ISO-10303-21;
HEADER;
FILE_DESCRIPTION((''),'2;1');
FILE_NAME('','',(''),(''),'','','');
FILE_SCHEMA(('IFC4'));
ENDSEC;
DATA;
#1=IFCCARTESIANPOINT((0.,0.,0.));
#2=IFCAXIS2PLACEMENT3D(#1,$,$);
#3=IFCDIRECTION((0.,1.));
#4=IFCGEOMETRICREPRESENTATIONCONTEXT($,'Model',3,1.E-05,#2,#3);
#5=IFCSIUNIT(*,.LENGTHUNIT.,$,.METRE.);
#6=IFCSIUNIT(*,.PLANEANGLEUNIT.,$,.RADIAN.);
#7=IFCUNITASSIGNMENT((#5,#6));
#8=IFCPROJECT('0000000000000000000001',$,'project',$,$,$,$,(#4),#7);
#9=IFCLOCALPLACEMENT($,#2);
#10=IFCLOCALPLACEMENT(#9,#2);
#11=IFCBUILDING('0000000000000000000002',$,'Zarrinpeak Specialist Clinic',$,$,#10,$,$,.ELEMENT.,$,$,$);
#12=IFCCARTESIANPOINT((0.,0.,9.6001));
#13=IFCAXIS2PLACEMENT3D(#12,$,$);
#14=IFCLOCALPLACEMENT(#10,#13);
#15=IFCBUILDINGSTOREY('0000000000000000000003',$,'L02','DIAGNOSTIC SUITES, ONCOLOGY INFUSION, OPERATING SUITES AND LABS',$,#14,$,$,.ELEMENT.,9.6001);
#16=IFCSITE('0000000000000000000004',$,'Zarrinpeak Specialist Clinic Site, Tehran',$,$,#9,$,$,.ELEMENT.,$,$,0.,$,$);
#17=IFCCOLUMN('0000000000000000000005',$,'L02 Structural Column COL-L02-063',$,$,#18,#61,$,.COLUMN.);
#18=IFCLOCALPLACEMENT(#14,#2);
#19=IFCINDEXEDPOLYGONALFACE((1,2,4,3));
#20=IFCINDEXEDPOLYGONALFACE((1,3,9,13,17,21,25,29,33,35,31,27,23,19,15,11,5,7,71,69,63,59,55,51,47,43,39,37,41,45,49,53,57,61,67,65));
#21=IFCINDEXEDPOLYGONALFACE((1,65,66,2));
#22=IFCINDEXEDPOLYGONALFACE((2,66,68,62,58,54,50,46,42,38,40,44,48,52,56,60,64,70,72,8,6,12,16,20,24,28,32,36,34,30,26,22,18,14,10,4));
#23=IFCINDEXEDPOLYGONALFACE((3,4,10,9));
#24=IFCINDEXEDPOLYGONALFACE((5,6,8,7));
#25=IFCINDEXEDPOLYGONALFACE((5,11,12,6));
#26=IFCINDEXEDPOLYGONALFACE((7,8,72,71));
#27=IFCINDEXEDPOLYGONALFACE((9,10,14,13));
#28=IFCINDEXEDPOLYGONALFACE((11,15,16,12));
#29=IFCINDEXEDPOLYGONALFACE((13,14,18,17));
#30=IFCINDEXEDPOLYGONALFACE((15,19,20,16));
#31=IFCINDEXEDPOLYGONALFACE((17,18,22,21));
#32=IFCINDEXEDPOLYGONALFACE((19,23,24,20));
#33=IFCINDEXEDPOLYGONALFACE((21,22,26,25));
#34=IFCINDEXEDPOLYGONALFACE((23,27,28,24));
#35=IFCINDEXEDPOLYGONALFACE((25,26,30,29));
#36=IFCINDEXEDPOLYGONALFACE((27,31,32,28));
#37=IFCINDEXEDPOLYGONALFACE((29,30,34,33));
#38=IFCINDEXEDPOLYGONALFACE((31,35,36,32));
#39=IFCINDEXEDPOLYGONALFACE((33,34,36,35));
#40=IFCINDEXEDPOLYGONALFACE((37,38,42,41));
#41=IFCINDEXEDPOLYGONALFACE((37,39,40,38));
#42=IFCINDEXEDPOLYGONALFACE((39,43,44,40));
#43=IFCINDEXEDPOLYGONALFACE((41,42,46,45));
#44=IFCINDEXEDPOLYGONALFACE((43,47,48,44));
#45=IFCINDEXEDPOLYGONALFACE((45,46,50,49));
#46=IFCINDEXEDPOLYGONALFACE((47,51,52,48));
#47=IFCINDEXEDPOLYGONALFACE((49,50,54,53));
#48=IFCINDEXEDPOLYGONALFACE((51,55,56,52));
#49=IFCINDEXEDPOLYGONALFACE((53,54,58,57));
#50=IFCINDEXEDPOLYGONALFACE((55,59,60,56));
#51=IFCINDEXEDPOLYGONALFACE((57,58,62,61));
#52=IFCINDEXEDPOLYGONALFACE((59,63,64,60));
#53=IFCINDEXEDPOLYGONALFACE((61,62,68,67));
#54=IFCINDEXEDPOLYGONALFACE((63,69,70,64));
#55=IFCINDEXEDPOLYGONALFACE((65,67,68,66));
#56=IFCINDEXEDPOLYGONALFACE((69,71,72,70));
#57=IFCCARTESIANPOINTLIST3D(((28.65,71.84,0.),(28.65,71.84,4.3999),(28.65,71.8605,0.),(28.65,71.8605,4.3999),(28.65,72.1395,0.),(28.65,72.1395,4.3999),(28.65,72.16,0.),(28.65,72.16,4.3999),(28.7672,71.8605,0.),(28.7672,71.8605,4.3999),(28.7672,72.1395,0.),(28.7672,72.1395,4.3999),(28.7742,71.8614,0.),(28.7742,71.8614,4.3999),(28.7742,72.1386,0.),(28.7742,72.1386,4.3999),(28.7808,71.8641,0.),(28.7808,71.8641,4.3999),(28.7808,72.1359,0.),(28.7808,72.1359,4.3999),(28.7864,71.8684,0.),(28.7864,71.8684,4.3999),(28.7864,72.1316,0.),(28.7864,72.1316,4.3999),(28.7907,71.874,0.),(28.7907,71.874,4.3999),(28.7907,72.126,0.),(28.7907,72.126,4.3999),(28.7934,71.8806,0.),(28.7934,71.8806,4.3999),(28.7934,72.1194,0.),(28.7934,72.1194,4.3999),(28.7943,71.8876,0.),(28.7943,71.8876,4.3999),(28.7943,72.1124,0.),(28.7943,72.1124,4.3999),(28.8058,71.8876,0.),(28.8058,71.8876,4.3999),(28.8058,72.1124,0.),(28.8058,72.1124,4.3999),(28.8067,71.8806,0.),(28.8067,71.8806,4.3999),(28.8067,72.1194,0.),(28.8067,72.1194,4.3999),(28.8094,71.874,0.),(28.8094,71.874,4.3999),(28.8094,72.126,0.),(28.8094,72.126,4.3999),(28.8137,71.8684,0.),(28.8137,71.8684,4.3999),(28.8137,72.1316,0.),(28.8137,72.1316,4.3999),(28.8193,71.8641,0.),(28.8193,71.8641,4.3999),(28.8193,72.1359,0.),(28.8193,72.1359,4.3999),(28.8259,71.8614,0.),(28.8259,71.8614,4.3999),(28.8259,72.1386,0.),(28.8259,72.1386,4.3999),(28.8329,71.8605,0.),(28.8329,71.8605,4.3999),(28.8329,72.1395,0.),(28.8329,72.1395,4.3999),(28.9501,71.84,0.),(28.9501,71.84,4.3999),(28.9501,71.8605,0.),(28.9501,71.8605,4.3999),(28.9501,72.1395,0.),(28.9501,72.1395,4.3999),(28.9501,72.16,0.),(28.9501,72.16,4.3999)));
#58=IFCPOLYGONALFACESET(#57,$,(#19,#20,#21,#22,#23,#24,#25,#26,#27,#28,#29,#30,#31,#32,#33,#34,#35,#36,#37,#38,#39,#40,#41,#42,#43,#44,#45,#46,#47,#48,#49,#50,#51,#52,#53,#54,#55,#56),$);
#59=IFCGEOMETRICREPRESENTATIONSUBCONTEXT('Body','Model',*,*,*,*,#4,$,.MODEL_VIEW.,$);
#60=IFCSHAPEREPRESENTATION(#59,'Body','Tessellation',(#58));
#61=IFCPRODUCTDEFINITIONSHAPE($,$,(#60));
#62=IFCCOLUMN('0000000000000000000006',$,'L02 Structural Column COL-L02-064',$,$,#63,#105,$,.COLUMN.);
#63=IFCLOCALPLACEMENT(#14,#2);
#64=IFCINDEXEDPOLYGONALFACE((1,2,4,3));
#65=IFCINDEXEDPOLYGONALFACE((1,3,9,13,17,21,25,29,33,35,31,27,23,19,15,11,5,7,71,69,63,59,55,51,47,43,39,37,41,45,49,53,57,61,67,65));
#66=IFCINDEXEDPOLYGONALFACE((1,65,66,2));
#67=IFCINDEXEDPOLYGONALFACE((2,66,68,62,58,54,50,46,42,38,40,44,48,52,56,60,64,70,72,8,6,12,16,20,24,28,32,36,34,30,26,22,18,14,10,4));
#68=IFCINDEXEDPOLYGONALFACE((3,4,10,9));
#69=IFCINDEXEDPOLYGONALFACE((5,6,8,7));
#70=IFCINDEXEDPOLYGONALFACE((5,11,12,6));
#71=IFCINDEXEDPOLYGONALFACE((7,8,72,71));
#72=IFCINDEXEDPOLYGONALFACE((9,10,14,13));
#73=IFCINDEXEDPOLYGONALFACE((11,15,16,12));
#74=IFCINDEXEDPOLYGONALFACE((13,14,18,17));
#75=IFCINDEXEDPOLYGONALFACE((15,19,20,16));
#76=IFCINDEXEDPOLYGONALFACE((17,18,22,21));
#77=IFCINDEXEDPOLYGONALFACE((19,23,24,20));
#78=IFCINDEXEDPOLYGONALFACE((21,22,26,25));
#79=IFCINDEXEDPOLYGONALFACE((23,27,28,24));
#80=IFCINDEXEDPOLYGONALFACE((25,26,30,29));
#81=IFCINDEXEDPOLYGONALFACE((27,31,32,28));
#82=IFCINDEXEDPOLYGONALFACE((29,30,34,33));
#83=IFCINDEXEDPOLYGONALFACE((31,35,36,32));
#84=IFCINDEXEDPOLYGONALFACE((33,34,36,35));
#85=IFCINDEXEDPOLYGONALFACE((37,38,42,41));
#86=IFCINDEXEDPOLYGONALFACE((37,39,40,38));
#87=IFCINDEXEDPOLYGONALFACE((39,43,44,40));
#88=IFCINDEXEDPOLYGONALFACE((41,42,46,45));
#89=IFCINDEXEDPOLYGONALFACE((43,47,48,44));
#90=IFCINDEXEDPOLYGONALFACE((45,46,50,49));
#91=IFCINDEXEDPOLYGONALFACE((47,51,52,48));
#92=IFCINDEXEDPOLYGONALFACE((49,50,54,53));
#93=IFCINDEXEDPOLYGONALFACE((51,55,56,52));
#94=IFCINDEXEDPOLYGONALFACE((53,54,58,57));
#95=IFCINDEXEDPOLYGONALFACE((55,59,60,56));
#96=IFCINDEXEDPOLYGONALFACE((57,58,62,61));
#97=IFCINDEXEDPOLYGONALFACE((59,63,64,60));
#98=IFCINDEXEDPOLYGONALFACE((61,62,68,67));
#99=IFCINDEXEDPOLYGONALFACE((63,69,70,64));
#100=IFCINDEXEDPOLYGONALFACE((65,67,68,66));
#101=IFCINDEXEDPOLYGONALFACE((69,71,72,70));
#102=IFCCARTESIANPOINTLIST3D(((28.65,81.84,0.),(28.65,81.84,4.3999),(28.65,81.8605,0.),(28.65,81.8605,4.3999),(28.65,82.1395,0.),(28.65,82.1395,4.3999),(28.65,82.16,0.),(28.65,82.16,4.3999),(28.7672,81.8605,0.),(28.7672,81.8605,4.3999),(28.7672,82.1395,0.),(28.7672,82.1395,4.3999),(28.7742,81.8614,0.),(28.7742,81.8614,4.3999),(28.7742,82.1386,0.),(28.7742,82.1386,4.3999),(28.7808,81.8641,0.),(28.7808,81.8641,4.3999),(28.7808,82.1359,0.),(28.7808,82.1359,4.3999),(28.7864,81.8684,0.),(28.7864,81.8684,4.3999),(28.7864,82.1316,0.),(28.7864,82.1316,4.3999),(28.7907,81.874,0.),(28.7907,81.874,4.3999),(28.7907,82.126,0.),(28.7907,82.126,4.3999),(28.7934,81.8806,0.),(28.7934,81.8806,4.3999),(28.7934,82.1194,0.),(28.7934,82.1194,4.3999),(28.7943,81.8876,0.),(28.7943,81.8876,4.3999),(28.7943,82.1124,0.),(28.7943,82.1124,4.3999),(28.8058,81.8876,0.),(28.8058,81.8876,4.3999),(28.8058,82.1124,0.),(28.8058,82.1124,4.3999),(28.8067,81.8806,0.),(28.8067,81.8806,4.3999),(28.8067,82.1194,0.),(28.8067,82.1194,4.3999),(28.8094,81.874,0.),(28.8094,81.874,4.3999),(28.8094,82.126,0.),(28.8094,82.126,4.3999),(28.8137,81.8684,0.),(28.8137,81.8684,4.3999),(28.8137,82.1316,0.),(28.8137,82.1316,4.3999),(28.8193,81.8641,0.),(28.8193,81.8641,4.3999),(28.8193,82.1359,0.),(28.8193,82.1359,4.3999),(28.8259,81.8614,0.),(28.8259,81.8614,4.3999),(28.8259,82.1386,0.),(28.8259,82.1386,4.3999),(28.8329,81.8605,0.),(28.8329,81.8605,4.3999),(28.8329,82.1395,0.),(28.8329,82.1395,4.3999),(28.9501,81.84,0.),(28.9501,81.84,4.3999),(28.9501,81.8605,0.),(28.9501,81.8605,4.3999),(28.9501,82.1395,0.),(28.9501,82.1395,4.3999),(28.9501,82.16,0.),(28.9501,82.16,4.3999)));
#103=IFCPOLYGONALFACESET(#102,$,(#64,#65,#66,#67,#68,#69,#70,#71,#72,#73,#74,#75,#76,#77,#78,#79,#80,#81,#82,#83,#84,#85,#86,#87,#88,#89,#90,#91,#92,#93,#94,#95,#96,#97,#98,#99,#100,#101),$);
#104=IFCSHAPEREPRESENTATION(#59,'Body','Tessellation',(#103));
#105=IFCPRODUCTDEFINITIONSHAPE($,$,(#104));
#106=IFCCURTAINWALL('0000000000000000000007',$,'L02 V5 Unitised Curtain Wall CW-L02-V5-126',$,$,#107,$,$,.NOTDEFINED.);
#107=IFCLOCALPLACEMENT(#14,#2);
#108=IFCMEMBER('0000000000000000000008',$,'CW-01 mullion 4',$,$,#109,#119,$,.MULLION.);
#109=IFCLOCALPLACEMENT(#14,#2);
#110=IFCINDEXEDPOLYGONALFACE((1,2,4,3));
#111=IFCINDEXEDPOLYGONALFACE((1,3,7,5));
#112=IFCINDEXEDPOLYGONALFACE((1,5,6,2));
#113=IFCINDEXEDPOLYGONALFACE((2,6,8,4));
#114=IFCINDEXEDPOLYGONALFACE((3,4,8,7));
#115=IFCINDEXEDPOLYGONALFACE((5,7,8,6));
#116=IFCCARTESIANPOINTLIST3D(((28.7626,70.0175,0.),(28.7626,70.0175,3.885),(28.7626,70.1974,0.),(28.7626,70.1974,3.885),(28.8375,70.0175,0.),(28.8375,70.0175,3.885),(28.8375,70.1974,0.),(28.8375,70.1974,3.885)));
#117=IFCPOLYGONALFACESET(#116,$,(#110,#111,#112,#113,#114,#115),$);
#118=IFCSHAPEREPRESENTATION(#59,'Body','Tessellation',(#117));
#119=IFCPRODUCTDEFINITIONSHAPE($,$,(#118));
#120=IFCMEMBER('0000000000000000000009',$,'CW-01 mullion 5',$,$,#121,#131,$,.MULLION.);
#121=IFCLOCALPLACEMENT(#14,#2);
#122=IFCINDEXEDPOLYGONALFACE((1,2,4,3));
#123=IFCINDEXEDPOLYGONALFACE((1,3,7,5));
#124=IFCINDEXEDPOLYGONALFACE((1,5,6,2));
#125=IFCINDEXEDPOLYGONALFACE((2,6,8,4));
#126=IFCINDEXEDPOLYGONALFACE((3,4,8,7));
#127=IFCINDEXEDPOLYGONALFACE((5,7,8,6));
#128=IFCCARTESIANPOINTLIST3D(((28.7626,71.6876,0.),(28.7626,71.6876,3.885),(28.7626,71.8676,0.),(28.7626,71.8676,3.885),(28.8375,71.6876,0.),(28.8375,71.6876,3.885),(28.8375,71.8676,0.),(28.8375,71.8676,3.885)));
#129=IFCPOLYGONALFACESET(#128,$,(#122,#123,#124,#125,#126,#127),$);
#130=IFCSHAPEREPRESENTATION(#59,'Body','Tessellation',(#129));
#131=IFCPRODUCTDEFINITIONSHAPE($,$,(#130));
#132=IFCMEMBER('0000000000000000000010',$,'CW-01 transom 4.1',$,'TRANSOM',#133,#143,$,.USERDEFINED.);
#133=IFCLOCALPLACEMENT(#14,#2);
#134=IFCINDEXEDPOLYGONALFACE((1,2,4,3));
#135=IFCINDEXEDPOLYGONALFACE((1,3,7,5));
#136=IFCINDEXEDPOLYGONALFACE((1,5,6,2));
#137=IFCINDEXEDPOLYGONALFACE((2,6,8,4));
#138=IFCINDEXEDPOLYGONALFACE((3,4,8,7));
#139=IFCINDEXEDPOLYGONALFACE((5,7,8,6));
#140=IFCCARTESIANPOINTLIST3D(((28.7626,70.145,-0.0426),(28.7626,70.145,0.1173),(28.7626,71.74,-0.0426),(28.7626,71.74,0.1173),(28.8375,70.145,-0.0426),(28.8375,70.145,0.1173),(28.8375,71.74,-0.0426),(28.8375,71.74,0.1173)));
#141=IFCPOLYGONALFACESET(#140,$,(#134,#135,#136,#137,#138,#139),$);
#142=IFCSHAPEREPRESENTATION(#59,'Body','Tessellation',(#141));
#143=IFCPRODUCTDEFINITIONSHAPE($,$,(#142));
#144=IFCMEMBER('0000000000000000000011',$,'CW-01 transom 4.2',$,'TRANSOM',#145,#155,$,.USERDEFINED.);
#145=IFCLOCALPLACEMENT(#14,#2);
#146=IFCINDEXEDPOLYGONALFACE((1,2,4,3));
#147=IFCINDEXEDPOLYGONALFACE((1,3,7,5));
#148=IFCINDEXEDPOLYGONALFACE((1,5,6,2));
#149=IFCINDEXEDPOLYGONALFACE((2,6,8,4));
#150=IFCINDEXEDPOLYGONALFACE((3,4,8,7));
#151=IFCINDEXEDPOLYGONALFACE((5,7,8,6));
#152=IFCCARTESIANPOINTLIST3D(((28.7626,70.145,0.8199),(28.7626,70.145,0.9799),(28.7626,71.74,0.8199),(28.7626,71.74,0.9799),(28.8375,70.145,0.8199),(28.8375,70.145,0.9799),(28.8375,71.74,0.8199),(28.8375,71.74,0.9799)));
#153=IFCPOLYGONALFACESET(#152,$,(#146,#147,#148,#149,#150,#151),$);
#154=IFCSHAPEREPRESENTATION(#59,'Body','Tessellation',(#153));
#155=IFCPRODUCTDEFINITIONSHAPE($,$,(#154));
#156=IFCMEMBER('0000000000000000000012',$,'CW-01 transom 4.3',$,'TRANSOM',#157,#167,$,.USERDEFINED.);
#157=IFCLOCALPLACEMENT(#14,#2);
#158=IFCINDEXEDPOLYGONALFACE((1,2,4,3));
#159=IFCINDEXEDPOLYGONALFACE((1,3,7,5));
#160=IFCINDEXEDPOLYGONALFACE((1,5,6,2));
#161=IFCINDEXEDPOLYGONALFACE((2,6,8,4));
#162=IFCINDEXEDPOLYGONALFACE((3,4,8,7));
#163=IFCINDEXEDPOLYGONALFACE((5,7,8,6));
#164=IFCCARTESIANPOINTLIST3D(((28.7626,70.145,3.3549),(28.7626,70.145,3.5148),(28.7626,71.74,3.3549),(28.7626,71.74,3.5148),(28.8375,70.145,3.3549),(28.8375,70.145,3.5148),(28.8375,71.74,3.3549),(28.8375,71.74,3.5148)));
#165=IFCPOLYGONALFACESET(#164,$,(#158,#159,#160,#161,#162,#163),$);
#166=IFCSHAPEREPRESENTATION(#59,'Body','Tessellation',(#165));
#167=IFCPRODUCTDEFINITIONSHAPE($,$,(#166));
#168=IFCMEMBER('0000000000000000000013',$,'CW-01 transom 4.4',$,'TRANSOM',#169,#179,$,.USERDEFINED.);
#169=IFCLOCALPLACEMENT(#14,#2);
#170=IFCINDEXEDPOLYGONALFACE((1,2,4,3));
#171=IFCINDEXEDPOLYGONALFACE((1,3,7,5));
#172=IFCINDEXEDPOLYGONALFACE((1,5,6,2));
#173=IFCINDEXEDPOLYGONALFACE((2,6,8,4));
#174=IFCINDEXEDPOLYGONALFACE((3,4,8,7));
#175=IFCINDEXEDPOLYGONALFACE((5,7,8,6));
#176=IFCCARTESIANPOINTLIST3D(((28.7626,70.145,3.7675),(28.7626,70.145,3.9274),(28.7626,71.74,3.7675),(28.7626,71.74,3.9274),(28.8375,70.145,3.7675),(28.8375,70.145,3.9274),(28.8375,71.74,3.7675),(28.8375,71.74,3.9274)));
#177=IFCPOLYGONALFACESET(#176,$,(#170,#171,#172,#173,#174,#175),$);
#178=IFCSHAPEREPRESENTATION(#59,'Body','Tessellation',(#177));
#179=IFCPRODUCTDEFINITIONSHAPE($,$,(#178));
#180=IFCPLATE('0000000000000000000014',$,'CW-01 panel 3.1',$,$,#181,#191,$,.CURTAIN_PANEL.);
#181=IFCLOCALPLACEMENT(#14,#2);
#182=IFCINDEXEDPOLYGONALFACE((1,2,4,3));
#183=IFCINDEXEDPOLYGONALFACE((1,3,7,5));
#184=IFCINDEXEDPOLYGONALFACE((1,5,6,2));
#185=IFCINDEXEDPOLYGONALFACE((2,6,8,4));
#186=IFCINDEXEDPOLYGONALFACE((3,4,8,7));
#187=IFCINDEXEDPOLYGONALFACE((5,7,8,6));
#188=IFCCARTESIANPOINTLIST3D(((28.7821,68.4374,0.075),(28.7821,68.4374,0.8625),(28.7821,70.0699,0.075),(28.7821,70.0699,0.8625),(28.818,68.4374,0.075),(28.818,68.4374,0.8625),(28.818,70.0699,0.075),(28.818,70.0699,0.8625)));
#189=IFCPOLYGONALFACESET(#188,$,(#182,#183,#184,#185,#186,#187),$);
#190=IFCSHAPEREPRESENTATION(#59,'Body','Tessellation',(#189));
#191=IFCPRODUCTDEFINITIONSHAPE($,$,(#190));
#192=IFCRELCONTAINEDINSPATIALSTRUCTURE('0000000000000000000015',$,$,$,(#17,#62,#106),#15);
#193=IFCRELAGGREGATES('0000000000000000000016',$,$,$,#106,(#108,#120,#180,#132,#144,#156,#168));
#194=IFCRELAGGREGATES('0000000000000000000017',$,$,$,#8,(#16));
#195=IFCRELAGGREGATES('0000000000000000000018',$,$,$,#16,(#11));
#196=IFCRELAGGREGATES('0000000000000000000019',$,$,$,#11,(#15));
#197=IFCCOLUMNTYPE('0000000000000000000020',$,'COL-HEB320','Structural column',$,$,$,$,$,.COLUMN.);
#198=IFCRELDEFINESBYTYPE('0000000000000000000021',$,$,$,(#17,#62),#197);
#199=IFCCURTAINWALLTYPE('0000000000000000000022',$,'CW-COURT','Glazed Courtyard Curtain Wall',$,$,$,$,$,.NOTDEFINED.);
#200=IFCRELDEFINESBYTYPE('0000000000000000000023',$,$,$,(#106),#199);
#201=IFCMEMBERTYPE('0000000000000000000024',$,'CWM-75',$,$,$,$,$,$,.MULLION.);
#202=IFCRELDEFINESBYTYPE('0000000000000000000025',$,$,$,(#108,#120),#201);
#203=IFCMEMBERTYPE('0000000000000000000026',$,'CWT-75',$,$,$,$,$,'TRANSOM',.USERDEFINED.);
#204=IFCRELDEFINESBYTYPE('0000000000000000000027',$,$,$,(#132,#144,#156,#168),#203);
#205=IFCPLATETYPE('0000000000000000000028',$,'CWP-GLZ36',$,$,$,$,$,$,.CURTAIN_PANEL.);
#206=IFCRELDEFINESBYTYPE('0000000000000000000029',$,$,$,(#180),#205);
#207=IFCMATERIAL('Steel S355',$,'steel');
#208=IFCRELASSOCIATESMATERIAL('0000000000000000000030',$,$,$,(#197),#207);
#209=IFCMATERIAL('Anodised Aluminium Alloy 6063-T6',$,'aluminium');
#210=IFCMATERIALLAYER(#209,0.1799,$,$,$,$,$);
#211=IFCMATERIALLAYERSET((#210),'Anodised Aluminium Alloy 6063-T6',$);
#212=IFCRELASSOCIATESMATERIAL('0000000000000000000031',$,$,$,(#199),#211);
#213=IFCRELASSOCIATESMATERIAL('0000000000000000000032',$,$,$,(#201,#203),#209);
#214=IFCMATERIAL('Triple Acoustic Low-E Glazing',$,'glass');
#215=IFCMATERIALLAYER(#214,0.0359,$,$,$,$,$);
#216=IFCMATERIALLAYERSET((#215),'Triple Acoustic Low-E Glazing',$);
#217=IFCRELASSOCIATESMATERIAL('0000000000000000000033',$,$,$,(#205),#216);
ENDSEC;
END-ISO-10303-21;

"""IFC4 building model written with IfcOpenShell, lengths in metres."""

from ifc_helpers import new_model, si_unit, direction, frame, origin, origin_2d, place, context, subcontext, project, spatial, rectangle, i_section, extrude, material, layer, layer_set, material_profile, profile_set, type_object, element, aggregate, save


model = new_model("IFC4")

# Units and contexts
model_context = context("Model", 3, precision=1e-05, world=origin(), true_north=direction((0.0, 1.0)))
body_context = subcontext(model_context, "Body", "Model", "MODEL_VIEW")
ifc_project = project(units=[si_unit("LENGTHUNIT", "METRE"), si_unit("PLANEANGLEUNIT", "RADIAN")], contexts=[model_context])

# Site, building, storey
site_placement = place(None, origin())
site = spatial("IfcSite", under=ifc_project, at=site_placement, Name="Zarrinpeak Specialist Clinic Site, Tehran", CompositionType="ELEMENT", RefElevation=0.0)
building_placement = place(site_placement, origin())
building = spatial("IfcBuilding", under=site, at=building_placement, Name="Zarrinpeak Specialist Clinic", CompositionType="ELEMENT")
storey_placement = place(building_placement, frame((0.0, 0.0, 9.6001)))
storey = spatial("IfcBuildingStorey", under=building, at=storey_placement, Name="L02", Description="DIAGNOSTIC SUITES, ONCOLOGY INFUSION, OPERATING SUITES AND LABS", CompositionType="ELEMENT", Elevation=9.6001)

# Columns
ifc_material_1 = material(Name="Steel S355", Category="steel")
ifc_material_profile_1 = material_profile(ifc_material_1, i_section(OverallWidth=0.3, OverallDepth=0.3201, WebThickness=0.0115, FlangeThickness=0.0205, FilletRadius=0.0271, at=origin_2d()), Name="HEB 320")
ifc_profile_set_1 = profile_set([ifc_material_profile_1], Name="Steel S355")
column_type = type_object("IfcColumnType", Name="COL-HEB320", Description="Structural column", PredefinedType="COLUMN", material=ifc_profile_set_1)
for number, where, z_axis, x_axis, name in (
    (1, (28.8, 72.0, 0.0), (0.0, 0.0, 1.0), (1.0, 0.0, 0.0), "L02 Structural Column COL-L02-063"),
    (2, (28.8, 82.0, 0.0), (0.0, 0.0, 1.0), (1.0, 0.0, 0.0), "L02 Structural Column COL-L02-064"),
):
    element("IfcColumn", number, at=place(storey_placement, frame(where, z_axis=z_axis, x_axis=x_axis)), inside=storey, type_object=column_type, Name=name, PredefinedType="COLUMN", context=body_context, shape_type="SweptSolid", body=[
        extrude(i_section(OverallWidth=0.3, OverallDepth=0.3201, WebThickness=0.0115, FlangeThickness=0.0205, FilletRadius=0.0271, at=origin_2d()), origin(), (0.0, 0.0, 1.0), 4.3999),
    ])

# Curtain wall, members, plate
ifc_material_2 = material(Name="Anodised Aluminium Alloy 6063-T6", Category="aluminium")
ifc_layer_1 = layer(ifc_material_2, 0.1799)
ifc_layer_set_1 = layer_set([ifc_layer_1], Name="Anodised Aluminium Alloy 6063-T6")
curtain_wall_type = type_object("IfcCurtainWallType", Name="CW-COURT", Description="Glazed Courtyard Curtain Wall", PredefinedType="NOTDEFINED", material=ifc_layer_set_1)
curtain_wall_placement = place(storey_placement, origin())
curtain_wall = element("IfcCurtainWall", 3, at=curtain_wall_placement, inside=storey, type_object=curtain_wall_type, Name="L02 V5 Unitised Curtain Wall CW-L02-V5-126", PredefinedType="NOTDEFINED")
ifc_material_profile_2 = material_profile(ifc_material_2, rectangle(XDim=0.075, YDim=0.1799, at=origin_2d()), Name="ALU 75x180")
ifc_profile_set_2 = profile_set([ifc_material_profile_2], Name="Anodised Aluminium Alloy 6063-T6")
member_type_1 = type_object("IfcMemberType", Name="CWM-75", PredefinedType="MULLION", material=ifc_profile_set_2)
member_1_placement = place(storey_placement, frame((28.8, 70.1074, 0.0), z_axis=(0.0, 0.0, 1.0), x_axis=(-1.0, 0.0, 0.0)))
member_1 = element("IfcMember", 4, at=member_1_placement, type_object=member_type_1, Name="CW-01 mullion 4", PredefinedType="MULLION", context=body_context, shape_type="SweptSolid", body=[
    extrude(rectangle(XDim=0.075, YDim=0.1799, at=origin_2d()), origin(), (0.0, 0.0, 1.0), 3.885),
])
member_2_placement = place(storey_placement, frame((28.8, 71.7776, 0.0), z_axis=(0.0, 0.0, 1.0), x_axis=(-1.0, 0.0, 0.0)))
member_2 = element("IfcMember", 5, at=member_2_placement, type_object=member_type_1, Name="CW-01 mullion 5", PredefinedType="MULLION", context=body_context, shape_type="SweptSolid", body=[
    extrude(rectangle(XDim=0.075, YDim=0.1799, at=origin_2d()), origin(), (0.0, 0.0, 1.0), 3.885),
])
ifc_material_profile_3 = material_profile(ifc_material_2, rectangle(XDim=0.075, YDim=0.1599, at=origin_2d()), Name="ALU 75x160")
ifc_profile_set_3 = profile_set([ifc_material_profile_3], Name="Anodised Aluminium Alloy 6063-T6")
member_type_2 = type_object("IfcMemberType", Name="CWT-75", ElementType="TRANSOM", PredefinedType="USERDEFINED", material=ifc_profile_set_3)
member_3_placement = place(storey_placement, frame((28.8, 70.145, 0.0374), z_axis=(0.0, 1.0, 0.0), x_axis=(-1.0, 0.0, 0.0)))
member_3 = element("IfcMember", 6, at=member_3_placement, type_object=member_type_2, Name="CW-01 transom 4.1", ObjectType="TRANSOM", PredefinedType="USERDEFINED", context=body_context, shape_type="SweptSolid", body=[
    extrude(rectangle(XDim=0.075, YDim=0.1599, at=origin_2d()), origin(), (0.0, 0.0, 1.0), 1.595),
])
member_4_placement = place(storey_placement, frame((28.8, 70.145, 0.8999), z_axis=(0.0, 1.0, 0.0), x_axis=(-1.0, 0.0, 0.0)))
member_4 = element("IfcMember", 7, at=member_4_placement, type_object=member_type_2, Name="CW-01 transom 4.2", ObjectType="TRANSOM", PredefinedType="USERDEFINED", context=body_context, shape_type="SweptSolid", body=[
    extrude(rectangle(XDim=0.075, YDim=0.1599, at=origin_2d()), origin(), (0.0, 0.0, 1.0), 1.595),
])
member_5_placement = place(storey_placement, frame((28.8, 70.145, 3.4348), z_axis=(0.0, 1.0, 0.0), x_axis=(-1.0, 0.0, 0.0)))
member_5 = element("IfcMember", 8, at=member_5_placement, type_object=member_type_2, Name="CW-01 transom 4.3", ObjectType="TRANSOM", PredefinedType="USERDEFINED", context=body_context, shape_type="SweptSolid", body=[
    extrude(rectangle(XDim=0.075, YDim=0.1599, at=origin_2d()), origin(), (0.0, 0.0, 1.0), 1.595),
])
member_6_placement = place(storey_placement, frame((28.8, 70.145, 3.8474), z_axis=(0.0, 1.0, 0.0), x_axis=(-1.0, 0.0, 0.0)))
member_6 = element("IfcMember", 9, at=member_6_placement, type_object=member_type_2, Name="CW-01 transom 4.4", ObjectType="TRANSOM", PredefinedType="USERDEFINED", context=body_context, shape_type="SweptSolid", body=[
    extrude(rectangle(XDim=0.075, YDim=0.1599, at=origin_2d()), origin(), (0.0, 0.0, 1.0), 1.595),
])
ifc_material_3 = material(Name="Triple Acoustic Low-E Glazing", Category="glass")
ifc_layer_2 = layer(ifc_material_3, 0.0359)
ifc_layer_set_2 = layer_set([ifc_layer_2], Name="Triple Acoustic Low-E Glazing")
plate_type = type_object("IfcPlateType", Name="CWP-GLZ36", PredefinedType="CURTAIN_PANEL", material=ifc_layer_set_2)
plate_1_placement = place(storey_placement, frame((28.8, 69.2537, 0.075), z_axis=(0.0, 0.0, 1.0), x_axis=(0.0, 1.0, 0.0)))
plate_1 = element("IfcPlate", 10, at=plate_1_placement, type_object=plate_type, Name="CW-01 panel 3.1", PredefinedType="CURTAIN_PANEL", context=body_context, shape_type="SweptSolid", body=[
    extrude(rectangle(XDim=1.6326, YDim=0.0359, at=origin_2d()), origin(), (0.0, 0.0, 1.0), 0.7876),
])
aggregate(curtain_wall, [member_1, member_2, plate_1, member_3, member_4, member_5, member_6])

save(model, "model.ifc")
